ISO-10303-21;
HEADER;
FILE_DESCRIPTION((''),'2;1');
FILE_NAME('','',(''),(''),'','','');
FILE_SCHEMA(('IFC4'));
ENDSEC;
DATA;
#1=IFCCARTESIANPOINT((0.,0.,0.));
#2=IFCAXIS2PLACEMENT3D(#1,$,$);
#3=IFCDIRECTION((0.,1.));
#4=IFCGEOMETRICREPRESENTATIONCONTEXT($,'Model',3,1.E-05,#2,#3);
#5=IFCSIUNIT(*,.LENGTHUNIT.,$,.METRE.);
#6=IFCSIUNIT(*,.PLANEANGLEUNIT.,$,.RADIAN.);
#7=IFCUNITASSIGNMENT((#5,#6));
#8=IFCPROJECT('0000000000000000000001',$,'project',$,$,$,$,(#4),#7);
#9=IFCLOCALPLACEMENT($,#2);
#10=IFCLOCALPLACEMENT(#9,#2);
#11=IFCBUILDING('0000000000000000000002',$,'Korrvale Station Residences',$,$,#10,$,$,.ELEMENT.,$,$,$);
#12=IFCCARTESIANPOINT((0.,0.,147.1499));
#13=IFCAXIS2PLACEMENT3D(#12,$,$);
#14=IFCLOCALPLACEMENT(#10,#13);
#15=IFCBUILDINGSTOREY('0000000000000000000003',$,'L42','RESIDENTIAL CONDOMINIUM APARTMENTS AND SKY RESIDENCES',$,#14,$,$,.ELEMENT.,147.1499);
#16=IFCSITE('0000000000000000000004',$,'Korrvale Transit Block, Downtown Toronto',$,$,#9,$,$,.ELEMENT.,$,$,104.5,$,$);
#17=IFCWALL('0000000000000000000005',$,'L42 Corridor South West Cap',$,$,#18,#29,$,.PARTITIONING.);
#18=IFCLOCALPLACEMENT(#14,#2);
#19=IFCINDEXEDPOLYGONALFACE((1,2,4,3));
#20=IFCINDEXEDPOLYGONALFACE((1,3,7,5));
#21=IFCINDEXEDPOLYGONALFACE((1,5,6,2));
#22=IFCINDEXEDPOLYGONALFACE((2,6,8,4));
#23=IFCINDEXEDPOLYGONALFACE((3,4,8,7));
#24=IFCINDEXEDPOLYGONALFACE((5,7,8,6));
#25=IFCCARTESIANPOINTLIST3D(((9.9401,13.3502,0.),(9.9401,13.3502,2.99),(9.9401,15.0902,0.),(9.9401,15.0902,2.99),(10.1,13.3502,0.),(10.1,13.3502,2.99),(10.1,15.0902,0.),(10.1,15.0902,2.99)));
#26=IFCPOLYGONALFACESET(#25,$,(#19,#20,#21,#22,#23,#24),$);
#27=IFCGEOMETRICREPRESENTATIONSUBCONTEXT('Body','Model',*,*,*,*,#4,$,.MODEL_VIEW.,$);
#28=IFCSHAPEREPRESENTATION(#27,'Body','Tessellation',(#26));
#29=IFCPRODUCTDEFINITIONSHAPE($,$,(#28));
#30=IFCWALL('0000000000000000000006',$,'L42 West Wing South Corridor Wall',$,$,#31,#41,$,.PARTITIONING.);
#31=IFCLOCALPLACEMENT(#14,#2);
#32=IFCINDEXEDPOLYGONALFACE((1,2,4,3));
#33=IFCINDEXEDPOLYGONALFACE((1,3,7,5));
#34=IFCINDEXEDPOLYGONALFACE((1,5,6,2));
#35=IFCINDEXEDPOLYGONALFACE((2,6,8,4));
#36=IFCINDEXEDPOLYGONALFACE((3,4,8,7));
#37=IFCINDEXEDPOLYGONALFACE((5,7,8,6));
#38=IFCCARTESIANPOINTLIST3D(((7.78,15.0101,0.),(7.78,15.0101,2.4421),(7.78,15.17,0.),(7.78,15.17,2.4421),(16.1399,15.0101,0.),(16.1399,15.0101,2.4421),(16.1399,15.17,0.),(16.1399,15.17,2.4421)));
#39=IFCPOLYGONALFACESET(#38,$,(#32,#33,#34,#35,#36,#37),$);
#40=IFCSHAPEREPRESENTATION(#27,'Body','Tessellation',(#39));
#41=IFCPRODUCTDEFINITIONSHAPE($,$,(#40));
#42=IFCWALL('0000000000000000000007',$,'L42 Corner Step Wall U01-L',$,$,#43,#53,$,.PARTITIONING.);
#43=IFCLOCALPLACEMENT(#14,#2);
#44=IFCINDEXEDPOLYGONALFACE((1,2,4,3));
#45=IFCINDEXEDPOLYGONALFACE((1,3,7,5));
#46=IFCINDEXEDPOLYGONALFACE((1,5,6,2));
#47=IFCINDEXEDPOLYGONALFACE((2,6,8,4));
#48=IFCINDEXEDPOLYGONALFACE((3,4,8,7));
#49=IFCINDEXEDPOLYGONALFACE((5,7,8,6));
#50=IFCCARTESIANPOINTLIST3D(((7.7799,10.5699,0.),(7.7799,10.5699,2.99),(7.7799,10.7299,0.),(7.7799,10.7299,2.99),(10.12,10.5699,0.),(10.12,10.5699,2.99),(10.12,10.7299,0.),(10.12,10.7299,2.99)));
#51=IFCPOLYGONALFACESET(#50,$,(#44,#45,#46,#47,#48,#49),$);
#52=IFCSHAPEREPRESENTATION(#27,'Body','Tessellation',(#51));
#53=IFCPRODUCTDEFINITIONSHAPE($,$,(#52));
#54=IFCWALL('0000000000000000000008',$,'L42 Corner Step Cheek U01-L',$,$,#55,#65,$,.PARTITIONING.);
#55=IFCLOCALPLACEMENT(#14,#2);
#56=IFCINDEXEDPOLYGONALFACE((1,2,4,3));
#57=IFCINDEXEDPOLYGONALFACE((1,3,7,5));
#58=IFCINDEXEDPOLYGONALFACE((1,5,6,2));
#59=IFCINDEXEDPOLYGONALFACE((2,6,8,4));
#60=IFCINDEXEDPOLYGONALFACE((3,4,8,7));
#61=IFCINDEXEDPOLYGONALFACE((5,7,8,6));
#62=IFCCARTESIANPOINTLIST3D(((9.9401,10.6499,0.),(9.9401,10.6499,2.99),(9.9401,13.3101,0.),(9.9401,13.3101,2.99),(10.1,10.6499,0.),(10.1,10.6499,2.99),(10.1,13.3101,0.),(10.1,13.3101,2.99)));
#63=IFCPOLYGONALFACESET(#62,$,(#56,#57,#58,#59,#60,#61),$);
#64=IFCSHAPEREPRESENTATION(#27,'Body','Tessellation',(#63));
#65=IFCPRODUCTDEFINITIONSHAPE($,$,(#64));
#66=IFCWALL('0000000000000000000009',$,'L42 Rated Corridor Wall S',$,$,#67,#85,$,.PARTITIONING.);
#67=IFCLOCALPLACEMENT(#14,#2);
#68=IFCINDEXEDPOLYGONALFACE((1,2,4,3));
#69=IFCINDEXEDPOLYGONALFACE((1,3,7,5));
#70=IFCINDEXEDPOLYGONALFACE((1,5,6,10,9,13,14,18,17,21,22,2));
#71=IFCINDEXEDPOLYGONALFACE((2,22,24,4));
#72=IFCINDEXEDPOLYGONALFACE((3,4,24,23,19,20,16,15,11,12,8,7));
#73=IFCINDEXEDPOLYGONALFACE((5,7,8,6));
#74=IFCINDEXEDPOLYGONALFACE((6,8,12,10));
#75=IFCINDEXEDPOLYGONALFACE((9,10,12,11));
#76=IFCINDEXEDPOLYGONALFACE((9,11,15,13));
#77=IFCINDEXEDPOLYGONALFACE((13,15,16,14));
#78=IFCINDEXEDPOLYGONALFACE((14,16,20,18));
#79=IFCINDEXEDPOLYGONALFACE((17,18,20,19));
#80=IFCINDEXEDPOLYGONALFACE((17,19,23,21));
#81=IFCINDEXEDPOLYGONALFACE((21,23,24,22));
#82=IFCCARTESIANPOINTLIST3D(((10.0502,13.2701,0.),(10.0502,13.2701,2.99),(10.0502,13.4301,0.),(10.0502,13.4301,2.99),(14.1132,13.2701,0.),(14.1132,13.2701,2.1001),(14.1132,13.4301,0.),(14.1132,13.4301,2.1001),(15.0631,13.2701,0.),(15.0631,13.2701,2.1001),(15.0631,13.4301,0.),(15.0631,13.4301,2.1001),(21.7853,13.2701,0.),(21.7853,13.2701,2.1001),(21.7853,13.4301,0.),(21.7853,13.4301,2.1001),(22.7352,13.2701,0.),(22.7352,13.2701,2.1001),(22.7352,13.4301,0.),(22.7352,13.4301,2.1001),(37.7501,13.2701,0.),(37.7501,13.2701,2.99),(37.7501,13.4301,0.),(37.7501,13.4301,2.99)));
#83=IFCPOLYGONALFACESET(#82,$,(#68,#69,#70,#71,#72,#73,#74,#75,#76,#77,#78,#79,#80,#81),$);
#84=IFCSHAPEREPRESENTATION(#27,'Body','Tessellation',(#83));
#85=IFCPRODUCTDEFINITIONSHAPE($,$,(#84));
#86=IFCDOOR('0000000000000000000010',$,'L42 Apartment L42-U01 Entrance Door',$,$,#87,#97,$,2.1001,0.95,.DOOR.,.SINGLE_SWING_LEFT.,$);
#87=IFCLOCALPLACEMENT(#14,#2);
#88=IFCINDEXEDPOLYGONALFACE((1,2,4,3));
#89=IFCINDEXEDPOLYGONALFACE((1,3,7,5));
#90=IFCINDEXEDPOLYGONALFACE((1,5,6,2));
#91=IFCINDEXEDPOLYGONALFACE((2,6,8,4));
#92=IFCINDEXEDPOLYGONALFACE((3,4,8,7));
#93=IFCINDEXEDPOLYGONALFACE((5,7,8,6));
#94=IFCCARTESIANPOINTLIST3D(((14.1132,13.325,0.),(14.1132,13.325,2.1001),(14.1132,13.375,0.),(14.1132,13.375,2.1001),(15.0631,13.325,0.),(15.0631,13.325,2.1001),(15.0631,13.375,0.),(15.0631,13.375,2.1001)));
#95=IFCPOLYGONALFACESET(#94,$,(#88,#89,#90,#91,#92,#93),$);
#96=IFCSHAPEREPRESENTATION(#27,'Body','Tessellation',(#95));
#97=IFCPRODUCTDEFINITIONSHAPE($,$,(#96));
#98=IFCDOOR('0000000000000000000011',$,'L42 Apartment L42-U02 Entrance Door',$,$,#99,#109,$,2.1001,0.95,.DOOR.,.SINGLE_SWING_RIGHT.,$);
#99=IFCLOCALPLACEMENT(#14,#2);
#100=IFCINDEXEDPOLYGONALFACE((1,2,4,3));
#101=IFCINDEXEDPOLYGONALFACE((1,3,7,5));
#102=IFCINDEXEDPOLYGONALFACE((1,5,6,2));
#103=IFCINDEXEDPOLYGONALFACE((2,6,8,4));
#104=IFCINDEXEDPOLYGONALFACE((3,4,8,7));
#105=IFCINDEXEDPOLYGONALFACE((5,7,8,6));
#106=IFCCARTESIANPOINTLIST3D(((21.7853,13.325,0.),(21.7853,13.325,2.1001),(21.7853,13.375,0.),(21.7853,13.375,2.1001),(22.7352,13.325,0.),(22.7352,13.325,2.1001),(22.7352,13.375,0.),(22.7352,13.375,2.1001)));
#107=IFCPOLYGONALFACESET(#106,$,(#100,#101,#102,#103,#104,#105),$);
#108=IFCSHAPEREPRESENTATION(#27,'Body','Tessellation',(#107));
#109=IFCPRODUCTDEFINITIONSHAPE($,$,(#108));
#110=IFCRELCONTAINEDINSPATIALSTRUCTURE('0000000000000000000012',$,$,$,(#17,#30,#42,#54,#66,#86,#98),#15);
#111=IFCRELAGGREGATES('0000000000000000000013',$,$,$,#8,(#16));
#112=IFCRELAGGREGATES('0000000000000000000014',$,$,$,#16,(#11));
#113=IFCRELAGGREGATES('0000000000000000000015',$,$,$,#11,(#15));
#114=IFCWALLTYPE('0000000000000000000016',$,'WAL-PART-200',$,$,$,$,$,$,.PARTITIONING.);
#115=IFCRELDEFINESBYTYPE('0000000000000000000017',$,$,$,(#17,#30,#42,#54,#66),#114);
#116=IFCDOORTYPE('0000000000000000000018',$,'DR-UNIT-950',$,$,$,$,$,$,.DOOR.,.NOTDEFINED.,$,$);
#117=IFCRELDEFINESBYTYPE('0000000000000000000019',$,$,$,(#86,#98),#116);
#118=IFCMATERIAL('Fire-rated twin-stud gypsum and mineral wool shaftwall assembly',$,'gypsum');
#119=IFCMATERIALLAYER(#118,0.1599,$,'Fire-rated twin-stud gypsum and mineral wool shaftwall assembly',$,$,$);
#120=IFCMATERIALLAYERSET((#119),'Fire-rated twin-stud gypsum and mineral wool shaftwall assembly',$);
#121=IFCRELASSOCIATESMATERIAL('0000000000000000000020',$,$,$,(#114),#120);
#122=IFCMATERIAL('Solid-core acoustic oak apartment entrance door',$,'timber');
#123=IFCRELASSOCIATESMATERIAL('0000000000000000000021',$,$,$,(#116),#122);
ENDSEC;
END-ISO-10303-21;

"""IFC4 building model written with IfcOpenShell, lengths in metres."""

from ifc_helpers import new_model, si_unit, direction, frame, frame_2d, origin, place, context, subcontext, project, spatial, rectangle, extrude, material, layer, layer_set, type_object, element, fill, save


model = new_model("IFC4")

# Units and contexts
model_context = context("Model", 3, precision=1e-05, world=origin(), true_north=direction((0.0, 1.0)))
body_context = subcontext(model_context, "Body", "Model", "MODEL_VIEW")
ifc_project = project(units=[si_unit("LENGTHUNIT", "METRE"), si_unit("PLANEANGLEUNIT", "RADIAN")], contexts=[model_context])

# Site, building, storey
site_placement = place(None, origin())
site = spatial("IfcSite", under=ifc_project, at=site_placement, Name="Korrvale Transit Block, Downtown Toronto", CompositionType="ELEMENT", RefElevation=104.5)
building_placement = place(site_placement, origin())
building = spatial("IfcBuilding", under=site, at=building_placement, Name="Korrvale Station Residences", CompositionType="ELEMENT")
storey_placement = place(building_placement, frame((0.0, 0.0, 147.1499)))
storey = spatial("IfcBuildingStorey", under=building, at=storey_placement, Name="L42", Description="RESIDENTIAL CONDOMINIUM APARTMENTS AND SKY RESIDENCES", CompositionType="ELEMENT", Elevation=147.1499)

# Walls
ifc_material_1 = material(Name="Fire-rated twin-stud gypsum and mineral wool shaftwall assembly", Category="gypsum")
ifc_layer_1 = layer(ifc_material_1, 0.1599, Name="Fire-rated twin-stud gypsum and mineral wool shaftwall assembly")
ifc_layer_set_1 = layer_set([ifc_layer_1], Name="Fire-rated twin-stud gypsum and mineral wool shaftwall assembly")
wall_type_1 = type_object("IfcWallType", Name="WAL-PART-200", PredefinedType="PARTITIONING", material=ifc_layer_set_1)
wall_1_placement = place(storey_placement, frame((10.02, 13.3501, 0.0), z_axis=(0.0, 0.0, 1.0), x_axis=(0.0, 1.0, 0.0)))
element("IfcWall", 1, at=wall_1_placement, inside=storey, type_object=wall_type_1, Name="L42 Corridor South West Cap", PredefinedType="PARTITIONING", context=body_context, shape_type="SweptSolid", body=[
    extrude(rectangle(XDim=1.74, YDim=0.1599, at=frame_2d((0.8701, 0.0))), origin(), (0.0, 0.0, 1.0), 2.99),
])
wall_2_placement = place(storey_placement, frame((7.78, 15.0901, 0.0), z_axis=(0.0, 0.0, 1.0), x_axis=(1.0, 0.0, 0.0)))
element("IfcWall", 2, at=wall_2_placement, inside=storey, type_object=wall_type_1, Name="L42 West Wing South Corridor Wall", PredefinedType="PARTITIONING", context=body_context, shape_type="SweptSolid", body=[
    extrude(rectangle(XDim=8.3599, YDim=0.1599, at=frame_2d((4.1799, 0.0))), origin(), (0.0, 0.0, 1.0), 2.4421),
])
wall_3_placement = place(storey_placement, frame((7.78, 10.6499, 0.0), z_axis=(0.0, 0.0, 1.0), x_axis=(1.0, 0.0, 0.0)))
element("IfcWall", 3, at=wall_3_placement, inside=storey, type_object=wall_type_1, Name="L42 Corner Step Wall U01-L", PredefinedType="PARTITIONING", context=body_context, shape_type="SweptSolid", body=[
    extrude(rectangle(XDim=2.3401, YDim=0.1599, at=frame_2d((1.1699, 0.0))), origin(), (0.0, 0.0, 1.0), 2.99),
])
wall_4_placement = place(storey_placement, frame((10.02, 10.6499, 0.0), z_axis=(0.0, 0.0, 1.0), x_axis=(0.0, 1.0, 0.0)))
element("IfcWall", 4, at=wall_4_placement, inside=storey, type_object=wall_type_1, Name="L42 Corner Step Cheek U01-L", PredefinedType="PARTITIONING", context=body_context, shape_type="SweptSolid", body=[
    extrude(rectangle(XDim=2.6602, YDim=0.1599, at=frame_2d((1.3301, 0.0))), origin(), (0.0, 0.0, 1.0), 2.99),
])

# Wall, openings, doors
wall_5_placement = place(storey_placement, frame((10.05, 13.3501, 0.0), z_axis=(0.0, 0.0, 1.0), x_axis=(1.0, 0.0, 0.0)))
wall_5 = element("IfcWall", 5, at=wall_5_placement, inside=storey, type_object=wall_type_1, Name="L42 Rated Corridor Wall S", PredefinedType="PARTITIONING", context=body_context, shape_type="SweptSolid", body=[
    extrude(rectangle(XDim=27.7, YDim=0.1599, at=frame_2d((13.8501, 0.0))), origin(), (0.0, 0.0, 1.0), 2.99),
])
opening_1_placement = place(wall_5_placement, frame((4.063, 0.0, 0.0)))
opening_1 = element("IfcOpeningElement", 6, at=opening_1_placement, cuts=wall_5, PredefinedType="OPENING", context=body_context, shape_type="SweptSolid", body=[
    extrude(rectangle(XDim=0.95, YDim=2.1001, at=frame_2d((0.4751, 1.05))), frame((0.0, 0.0898, 0.0), z_axis=(0.0, -1.0, 0.0), x_axis=(1.0, 0.0, 0.0)), (0.0, 0.0, 1.0), 0.1799),
])
opening_2_placement = place(wall_5_placement, frame((11.7351, 0.0, 0.0)))
opening_2 = element("IfcOpeningElement", 7, at=opening_2_placement, cuts=wall_5, PredefinedType="OPENING", context=body_context, shape_type="SweptSolid", body=[
    extrude(rectangle(XDim=0.95, YDim=2.1001, at=frame_2d((0.4751, 1.05))), frame((0.0, 0.0898, 0.0), z_axis=(0.0, -1.0, 0.0), x_axis=(1.0, 0.0, 0.0)), (0.0, 0.0, 1.0), 0.1799),
])
ifc_material_2 = material(Name="Solid-core acoustic oak apartment entrance door", Category="timber")
door_type_1 = type_object("IfcDoorType", Name="DR-UNIT-950", OperationType="NOTDEFINED", PredefinedType="DOOR", material=ifc_material_2)
door_1_placement = place(opening_1_placement, origin())
door_1 = element("IfcDoor", 8, at=door_1_placement, inside=storey, type_object=door_type_1, Name="L42 Apartment L42-U01 Entrance Door", OperationType="SINGLE_SWING_LEFT", OverallHeight=2.1001, OverallWidth=0.95, PredefinedType="DOOR", context=body_context, shape_type="SweptSolid", body=[
    extrude(rectangle(XDim=0.95, YDim=2.1001, at=frame_2d((0.4751, 1.05))), frame((0.0, 0.0249, 0.0), z_axis=(0.0, -1.0, 0.0), x_axis=(1.0, 0.0, 0.0)), (0.0, 0.0, 1.0), 0.05),
])
fill(opening_1, door_1)
door_2_placement = place(opening_2_placement, origin())
door_2 = element("IfcDoor", 9, at=door_2_placement, inside=storey, type_object=door_type_1, Name="L42 Apartment L42-U02 Entrance Door", OperationType="SINGLE_SWING_RIGHT", OverallHeight=2.1001, OverallWidth=0.95, PredefinedType="DOOR", context=body_context, shape_type="SweptSolid", body=[
    extrude(rectangle(XDim=0.95, YDim=2.1001, at=frame_2d((0.4751, 1.05))), frame((0.0, 0.0249, 0.0), z_axis=(0.0, -1.0, 0.0), x_axis=(1.0, 0.0, 0.0)), (0.0, 0.0, 1.0), 0.05),
])
fill(opening_2, door_2)

save(model, "model.ifc")
